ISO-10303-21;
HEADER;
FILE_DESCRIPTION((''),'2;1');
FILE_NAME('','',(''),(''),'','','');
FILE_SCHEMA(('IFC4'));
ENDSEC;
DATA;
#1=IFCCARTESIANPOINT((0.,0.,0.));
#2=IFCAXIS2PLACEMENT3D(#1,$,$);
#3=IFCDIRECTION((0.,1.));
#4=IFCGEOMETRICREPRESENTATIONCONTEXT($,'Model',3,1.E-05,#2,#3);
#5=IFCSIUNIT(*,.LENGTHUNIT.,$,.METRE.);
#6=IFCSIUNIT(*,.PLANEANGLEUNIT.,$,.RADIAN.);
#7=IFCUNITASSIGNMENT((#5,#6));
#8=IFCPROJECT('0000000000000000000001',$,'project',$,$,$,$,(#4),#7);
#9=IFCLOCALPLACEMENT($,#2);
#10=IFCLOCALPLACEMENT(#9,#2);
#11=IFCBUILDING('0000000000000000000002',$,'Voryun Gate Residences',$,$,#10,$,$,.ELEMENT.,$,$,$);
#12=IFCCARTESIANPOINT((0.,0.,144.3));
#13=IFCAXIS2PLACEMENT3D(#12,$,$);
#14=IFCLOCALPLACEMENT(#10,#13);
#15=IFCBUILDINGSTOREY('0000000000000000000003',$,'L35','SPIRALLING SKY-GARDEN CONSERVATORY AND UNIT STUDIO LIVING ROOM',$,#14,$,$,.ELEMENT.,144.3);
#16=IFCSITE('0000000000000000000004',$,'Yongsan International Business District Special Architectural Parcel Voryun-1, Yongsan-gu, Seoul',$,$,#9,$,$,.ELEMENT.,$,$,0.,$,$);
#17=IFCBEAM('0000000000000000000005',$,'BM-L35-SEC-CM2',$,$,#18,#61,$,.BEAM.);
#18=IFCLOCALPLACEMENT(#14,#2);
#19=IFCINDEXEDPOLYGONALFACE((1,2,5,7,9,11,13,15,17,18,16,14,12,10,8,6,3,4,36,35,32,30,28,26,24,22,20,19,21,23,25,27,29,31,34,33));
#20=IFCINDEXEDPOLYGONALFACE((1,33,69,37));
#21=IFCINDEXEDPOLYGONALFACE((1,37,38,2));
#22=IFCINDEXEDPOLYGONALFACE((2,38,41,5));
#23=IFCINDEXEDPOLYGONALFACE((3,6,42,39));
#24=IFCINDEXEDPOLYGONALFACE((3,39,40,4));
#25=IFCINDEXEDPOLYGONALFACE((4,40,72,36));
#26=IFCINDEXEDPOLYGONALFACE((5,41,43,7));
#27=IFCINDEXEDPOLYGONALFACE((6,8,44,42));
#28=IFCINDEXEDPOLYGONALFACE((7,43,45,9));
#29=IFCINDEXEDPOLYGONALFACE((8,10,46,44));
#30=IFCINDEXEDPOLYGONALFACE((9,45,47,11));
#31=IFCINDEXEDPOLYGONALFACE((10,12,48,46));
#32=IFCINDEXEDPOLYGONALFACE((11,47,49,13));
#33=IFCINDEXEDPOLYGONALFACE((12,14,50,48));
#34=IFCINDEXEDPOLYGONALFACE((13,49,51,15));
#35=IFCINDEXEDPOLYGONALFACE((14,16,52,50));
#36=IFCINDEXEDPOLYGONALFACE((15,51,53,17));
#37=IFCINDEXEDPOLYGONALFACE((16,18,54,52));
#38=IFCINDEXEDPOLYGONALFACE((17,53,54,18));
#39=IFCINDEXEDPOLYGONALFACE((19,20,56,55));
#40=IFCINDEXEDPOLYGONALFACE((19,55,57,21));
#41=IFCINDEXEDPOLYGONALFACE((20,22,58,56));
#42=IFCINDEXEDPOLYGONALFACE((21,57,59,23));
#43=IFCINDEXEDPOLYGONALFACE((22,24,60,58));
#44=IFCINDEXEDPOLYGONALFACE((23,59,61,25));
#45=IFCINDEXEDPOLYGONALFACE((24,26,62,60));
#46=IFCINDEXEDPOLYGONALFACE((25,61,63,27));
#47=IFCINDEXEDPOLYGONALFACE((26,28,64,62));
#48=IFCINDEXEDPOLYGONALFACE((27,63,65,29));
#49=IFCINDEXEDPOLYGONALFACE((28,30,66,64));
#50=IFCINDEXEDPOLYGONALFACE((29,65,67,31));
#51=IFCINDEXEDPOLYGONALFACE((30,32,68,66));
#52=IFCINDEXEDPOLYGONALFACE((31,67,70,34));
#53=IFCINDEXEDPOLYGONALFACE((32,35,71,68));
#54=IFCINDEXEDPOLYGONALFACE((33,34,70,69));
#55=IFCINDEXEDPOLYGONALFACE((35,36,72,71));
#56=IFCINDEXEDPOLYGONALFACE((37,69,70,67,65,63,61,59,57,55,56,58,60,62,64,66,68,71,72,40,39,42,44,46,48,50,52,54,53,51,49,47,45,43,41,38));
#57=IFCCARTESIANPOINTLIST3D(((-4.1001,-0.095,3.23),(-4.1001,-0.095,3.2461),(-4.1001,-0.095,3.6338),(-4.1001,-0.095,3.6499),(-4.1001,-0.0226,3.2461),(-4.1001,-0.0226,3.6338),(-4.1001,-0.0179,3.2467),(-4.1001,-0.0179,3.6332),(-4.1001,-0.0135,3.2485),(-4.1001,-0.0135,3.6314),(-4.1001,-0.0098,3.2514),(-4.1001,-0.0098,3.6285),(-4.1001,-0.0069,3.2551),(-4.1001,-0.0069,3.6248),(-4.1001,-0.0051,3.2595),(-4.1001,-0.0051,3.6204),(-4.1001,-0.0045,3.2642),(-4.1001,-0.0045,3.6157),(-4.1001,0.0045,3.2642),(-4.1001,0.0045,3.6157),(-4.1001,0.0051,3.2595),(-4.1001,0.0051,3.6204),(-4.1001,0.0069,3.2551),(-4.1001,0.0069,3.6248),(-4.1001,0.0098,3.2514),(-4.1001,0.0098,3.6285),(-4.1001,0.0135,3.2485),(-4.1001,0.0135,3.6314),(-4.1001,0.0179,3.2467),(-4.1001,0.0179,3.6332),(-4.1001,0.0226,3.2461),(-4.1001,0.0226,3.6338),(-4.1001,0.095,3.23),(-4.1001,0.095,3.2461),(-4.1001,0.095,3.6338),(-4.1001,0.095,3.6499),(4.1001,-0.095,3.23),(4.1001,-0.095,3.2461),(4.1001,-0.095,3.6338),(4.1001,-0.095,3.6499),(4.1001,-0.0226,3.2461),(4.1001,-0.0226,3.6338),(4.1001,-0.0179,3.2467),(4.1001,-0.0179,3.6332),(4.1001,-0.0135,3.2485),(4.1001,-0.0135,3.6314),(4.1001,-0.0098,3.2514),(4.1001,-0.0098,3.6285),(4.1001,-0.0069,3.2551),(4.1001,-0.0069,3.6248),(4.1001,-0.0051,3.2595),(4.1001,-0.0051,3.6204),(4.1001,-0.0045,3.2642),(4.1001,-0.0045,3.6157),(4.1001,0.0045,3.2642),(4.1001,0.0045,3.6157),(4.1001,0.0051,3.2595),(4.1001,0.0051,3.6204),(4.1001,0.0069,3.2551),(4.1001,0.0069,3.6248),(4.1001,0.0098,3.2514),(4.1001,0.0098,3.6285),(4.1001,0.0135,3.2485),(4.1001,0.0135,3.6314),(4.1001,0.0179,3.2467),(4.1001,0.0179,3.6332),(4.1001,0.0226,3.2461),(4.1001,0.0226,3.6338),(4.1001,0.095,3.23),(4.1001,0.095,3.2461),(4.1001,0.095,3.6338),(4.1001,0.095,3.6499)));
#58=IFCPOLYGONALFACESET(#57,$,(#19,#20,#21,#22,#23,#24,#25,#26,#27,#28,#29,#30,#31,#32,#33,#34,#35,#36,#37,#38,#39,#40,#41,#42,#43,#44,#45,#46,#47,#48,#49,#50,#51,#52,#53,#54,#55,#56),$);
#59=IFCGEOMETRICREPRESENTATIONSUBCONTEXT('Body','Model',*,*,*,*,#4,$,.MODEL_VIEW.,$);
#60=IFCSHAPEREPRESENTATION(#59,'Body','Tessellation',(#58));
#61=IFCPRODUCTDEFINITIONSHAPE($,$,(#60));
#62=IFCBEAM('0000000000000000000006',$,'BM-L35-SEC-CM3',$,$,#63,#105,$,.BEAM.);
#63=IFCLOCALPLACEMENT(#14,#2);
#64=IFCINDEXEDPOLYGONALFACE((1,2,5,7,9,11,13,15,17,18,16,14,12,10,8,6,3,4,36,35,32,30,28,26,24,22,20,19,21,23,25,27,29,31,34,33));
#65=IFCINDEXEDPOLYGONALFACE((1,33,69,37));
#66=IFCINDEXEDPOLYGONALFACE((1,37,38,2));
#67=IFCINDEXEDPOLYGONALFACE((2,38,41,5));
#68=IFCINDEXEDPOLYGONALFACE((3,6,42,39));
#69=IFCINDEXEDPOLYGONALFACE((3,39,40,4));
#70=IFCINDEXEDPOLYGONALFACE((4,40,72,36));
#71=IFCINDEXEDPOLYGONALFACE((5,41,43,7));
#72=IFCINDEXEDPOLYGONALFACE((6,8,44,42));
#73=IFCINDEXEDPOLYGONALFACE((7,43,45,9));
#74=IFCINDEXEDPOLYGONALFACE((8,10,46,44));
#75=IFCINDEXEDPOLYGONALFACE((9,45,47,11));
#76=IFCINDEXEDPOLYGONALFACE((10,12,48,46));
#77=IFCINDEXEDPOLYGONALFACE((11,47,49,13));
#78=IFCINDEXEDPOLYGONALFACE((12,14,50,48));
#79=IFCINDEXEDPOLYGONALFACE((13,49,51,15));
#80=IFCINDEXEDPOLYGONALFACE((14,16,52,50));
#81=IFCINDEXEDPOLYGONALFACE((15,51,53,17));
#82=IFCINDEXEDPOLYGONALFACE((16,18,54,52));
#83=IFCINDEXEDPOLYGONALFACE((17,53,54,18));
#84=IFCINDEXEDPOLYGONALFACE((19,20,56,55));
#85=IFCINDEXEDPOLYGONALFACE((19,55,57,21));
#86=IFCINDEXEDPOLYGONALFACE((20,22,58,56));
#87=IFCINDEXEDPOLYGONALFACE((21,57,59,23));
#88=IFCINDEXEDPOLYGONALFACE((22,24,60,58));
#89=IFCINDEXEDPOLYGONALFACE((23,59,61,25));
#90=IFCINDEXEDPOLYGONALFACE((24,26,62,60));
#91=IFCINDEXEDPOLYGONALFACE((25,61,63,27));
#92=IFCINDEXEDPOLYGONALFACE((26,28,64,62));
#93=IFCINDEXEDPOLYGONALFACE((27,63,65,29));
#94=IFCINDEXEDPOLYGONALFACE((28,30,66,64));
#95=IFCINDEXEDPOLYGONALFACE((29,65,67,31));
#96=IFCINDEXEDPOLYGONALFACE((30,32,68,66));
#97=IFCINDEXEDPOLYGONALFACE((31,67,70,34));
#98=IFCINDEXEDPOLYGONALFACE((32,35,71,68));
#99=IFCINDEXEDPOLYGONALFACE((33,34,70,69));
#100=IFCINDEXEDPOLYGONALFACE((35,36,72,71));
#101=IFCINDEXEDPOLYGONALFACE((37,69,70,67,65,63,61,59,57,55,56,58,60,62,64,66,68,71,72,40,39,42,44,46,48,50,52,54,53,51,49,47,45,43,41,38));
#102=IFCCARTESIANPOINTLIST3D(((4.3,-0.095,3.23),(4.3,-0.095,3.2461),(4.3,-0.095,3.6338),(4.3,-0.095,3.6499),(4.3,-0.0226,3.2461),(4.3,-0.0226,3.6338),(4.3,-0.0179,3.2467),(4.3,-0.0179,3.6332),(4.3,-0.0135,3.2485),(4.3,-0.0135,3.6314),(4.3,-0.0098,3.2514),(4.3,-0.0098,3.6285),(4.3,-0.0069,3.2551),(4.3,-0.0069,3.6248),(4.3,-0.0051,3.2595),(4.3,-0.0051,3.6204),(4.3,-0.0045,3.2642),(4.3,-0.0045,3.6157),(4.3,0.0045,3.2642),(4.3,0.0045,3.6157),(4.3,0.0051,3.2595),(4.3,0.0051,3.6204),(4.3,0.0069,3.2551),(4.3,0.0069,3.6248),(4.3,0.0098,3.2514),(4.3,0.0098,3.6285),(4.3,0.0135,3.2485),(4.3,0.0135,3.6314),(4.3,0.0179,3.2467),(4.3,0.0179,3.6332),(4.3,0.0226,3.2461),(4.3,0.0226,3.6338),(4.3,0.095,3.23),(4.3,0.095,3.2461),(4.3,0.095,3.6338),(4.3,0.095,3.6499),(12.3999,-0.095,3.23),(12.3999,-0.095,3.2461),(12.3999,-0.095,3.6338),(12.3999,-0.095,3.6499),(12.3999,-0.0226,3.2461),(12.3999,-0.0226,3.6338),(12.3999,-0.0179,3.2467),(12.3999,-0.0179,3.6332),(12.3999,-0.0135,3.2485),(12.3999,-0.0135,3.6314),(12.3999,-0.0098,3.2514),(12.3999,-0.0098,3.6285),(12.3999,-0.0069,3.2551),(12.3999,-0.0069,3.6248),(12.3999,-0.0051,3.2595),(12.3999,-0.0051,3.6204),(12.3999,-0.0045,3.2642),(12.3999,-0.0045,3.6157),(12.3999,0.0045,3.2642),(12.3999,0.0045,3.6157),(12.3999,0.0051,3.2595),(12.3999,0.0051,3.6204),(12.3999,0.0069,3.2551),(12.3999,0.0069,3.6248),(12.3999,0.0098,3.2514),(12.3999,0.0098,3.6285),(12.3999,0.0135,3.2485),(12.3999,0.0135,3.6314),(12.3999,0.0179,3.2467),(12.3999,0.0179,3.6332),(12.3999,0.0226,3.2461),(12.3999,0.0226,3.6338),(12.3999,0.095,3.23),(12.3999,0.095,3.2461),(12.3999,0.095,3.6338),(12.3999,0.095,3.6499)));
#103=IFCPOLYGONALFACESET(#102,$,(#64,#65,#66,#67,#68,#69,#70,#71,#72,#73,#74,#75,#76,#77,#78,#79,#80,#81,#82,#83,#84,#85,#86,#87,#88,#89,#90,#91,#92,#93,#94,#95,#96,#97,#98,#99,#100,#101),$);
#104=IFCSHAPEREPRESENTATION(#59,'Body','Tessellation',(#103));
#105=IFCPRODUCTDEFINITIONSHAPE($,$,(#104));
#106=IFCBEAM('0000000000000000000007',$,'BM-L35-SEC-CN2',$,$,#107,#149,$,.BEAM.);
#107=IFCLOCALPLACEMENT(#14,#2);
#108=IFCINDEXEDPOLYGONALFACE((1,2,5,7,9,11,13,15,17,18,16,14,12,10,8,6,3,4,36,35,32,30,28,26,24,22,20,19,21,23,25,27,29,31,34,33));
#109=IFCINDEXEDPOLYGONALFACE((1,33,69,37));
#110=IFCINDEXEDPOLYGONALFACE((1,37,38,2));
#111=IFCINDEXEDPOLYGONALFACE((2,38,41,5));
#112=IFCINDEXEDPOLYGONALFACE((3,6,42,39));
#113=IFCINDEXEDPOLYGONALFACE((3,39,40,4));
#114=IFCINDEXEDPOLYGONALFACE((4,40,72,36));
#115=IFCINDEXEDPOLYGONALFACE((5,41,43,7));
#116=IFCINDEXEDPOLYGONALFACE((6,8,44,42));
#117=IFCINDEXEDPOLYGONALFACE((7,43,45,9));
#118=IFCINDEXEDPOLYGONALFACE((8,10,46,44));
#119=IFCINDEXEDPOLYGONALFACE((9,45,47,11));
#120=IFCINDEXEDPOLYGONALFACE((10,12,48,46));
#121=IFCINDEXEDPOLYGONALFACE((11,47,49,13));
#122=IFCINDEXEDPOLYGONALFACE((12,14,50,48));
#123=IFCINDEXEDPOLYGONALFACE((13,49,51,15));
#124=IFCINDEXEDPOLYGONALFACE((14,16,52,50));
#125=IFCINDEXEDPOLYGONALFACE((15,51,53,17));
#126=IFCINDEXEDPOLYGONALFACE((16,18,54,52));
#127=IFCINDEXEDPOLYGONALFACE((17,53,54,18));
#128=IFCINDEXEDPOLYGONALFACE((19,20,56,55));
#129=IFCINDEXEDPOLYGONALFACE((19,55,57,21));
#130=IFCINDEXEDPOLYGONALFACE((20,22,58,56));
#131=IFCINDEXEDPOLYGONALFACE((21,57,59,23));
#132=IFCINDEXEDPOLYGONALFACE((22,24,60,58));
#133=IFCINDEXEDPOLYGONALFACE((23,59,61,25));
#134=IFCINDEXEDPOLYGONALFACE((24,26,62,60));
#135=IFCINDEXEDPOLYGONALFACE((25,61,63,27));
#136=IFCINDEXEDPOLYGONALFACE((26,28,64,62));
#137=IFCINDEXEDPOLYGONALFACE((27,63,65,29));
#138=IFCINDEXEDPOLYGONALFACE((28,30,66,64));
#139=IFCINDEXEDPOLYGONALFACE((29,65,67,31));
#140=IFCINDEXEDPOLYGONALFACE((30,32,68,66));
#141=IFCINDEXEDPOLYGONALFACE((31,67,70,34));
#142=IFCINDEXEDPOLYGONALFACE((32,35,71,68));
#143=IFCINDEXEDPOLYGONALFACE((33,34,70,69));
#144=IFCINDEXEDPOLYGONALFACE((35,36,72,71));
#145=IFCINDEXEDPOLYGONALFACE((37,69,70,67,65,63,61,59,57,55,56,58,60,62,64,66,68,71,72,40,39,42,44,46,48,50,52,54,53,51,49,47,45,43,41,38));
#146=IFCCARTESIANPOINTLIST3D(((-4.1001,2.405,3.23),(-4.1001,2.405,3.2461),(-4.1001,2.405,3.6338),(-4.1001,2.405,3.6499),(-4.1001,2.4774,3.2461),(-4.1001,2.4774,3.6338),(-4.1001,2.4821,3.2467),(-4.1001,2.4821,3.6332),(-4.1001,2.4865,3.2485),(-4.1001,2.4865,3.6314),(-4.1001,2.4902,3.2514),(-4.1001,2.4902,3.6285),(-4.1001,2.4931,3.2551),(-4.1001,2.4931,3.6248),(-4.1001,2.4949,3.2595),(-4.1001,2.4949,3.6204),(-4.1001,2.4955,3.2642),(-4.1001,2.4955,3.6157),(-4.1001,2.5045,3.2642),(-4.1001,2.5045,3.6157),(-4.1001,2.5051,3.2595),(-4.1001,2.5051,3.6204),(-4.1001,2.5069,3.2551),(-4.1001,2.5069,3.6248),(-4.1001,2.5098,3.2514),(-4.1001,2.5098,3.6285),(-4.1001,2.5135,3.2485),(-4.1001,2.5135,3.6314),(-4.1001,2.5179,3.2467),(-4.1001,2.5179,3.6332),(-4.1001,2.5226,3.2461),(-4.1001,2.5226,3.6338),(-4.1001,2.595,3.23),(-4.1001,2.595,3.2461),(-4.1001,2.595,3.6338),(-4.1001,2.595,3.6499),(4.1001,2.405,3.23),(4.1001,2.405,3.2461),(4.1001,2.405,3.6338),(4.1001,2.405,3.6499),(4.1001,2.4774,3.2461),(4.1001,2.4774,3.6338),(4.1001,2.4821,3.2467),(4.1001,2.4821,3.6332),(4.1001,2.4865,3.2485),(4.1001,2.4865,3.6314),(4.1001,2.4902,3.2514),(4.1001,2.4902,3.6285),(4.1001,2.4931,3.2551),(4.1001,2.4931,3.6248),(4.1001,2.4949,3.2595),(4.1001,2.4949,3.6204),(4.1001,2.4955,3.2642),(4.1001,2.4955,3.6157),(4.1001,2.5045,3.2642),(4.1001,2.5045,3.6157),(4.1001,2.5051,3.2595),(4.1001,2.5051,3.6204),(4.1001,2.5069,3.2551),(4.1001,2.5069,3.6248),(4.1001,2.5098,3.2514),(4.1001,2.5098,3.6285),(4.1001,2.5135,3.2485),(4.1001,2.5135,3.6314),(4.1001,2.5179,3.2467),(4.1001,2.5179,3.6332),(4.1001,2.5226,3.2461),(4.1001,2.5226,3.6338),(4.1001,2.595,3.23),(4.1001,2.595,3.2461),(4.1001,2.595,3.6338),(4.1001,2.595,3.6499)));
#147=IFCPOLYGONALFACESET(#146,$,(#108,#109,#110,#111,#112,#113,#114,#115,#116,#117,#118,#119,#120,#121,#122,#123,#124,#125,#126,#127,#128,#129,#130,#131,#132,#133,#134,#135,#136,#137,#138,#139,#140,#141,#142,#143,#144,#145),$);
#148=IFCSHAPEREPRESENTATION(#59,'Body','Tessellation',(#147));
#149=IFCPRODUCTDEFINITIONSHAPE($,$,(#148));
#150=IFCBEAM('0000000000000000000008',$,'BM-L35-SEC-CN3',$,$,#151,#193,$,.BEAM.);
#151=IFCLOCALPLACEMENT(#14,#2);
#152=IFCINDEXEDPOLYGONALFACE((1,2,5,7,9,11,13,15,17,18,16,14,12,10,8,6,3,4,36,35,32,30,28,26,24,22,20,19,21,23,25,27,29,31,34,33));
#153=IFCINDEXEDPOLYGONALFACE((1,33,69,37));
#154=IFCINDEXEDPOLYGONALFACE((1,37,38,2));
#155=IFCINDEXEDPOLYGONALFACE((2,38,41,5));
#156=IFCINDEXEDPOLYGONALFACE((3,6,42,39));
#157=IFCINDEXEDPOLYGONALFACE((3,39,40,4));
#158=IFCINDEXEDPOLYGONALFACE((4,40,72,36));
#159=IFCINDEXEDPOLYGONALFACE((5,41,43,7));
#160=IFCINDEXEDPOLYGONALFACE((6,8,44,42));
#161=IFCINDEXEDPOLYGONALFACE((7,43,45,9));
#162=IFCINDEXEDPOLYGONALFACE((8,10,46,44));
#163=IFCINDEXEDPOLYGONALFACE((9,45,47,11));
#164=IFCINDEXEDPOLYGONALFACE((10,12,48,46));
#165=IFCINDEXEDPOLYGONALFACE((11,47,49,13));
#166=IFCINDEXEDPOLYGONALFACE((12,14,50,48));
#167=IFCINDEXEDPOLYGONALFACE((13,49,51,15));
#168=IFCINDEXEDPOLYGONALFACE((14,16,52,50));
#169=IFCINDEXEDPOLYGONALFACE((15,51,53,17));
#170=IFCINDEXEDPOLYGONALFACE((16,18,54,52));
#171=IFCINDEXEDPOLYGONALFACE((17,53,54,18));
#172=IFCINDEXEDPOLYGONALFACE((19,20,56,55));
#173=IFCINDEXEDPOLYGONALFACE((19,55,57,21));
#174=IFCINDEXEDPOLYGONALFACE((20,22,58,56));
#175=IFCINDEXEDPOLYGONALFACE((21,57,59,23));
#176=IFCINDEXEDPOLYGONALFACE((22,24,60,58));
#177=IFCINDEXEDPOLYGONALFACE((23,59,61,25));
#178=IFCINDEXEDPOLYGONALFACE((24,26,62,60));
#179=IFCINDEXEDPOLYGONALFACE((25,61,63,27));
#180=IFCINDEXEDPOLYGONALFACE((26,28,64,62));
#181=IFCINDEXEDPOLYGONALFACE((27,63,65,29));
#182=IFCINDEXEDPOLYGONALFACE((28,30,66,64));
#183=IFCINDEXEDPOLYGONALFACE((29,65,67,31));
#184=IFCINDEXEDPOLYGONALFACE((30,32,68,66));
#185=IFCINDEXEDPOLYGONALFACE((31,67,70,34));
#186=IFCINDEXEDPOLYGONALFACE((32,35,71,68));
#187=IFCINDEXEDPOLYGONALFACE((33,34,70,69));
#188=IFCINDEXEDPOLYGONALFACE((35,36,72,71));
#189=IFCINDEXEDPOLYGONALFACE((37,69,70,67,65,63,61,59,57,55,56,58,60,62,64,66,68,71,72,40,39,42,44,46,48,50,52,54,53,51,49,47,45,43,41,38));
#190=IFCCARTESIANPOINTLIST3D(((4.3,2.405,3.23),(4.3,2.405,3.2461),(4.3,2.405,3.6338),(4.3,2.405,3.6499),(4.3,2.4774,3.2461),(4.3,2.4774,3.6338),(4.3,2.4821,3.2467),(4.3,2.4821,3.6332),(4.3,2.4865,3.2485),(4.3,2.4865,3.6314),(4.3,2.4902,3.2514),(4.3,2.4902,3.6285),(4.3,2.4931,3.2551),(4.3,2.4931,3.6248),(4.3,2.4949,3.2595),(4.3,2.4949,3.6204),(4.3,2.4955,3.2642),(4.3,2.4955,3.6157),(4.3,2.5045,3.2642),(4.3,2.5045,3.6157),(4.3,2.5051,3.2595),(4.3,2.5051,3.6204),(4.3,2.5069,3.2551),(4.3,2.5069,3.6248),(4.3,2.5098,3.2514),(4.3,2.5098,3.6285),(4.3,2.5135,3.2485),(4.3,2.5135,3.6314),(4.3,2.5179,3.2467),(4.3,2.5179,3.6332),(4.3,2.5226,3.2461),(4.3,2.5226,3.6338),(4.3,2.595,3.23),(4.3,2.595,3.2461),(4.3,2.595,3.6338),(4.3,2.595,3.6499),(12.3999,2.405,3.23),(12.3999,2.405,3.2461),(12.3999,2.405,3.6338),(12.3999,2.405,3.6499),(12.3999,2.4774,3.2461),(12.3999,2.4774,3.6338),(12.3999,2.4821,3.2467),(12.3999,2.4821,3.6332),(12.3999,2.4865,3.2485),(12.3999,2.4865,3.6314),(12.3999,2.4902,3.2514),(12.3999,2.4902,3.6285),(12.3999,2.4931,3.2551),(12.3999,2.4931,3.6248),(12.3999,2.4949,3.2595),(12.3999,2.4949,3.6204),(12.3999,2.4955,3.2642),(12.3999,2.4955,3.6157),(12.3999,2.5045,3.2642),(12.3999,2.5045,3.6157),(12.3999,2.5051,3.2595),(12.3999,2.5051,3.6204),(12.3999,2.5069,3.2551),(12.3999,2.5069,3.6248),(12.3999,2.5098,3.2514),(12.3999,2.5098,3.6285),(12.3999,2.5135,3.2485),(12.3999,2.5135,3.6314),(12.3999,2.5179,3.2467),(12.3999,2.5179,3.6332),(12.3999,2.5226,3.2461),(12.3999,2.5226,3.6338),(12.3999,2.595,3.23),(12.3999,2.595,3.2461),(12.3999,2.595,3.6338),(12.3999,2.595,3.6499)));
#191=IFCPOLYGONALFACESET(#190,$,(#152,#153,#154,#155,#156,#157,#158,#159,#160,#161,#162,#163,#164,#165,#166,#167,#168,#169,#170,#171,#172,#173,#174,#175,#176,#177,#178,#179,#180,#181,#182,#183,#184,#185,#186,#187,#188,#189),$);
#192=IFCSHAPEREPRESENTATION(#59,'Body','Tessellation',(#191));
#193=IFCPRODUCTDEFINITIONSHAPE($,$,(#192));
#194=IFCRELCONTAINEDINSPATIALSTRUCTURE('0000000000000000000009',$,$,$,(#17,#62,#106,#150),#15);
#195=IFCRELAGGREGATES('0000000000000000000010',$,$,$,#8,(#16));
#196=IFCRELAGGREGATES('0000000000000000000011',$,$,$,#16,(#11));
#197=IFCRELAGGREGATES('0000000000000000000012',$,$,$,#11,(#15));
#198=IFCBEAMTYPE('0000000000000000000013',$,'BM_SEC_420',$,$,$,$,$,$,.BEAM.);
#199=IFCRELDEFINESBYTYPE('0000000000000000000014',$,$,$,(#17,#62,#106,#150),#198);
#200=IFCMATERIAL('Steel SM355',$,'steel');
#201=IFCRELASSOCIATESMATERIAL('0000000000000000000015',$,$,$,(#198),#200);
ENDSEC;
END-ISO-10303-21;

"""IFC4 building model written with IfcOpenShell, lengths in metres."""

from ifc_helpers import new_model, si_unit, direction, frame, origin, origin_2d, place, context, subcontext, project, spatial, i_section, extrude, material, material_profile, profile_set, type_object, element, save


model = new_model("IFC4")

# Units and contexts
model_context = context("Model", 3, precision=1e-05, world=origin(), true_north=direction((0.0, 1.0)))
body_context = subcontext(model_context, "Body", "Model", "MODEL_VIEW")
ifc_project = project(units=[si_unit("LENGTHUNIT", "METRE"), si_unit("PLANEANGLEUNIT", "RADIAN")], contexts=[model_context])

# Site, building, storey
site_placement = place(None, origin())
site = spatial("IfcSite", under=ifc_project, at=site_placement, Name="Yongsan International Business District Special Architectural Parcel Voryun-1, Yongsan-gu, Seoul", CompositionType="ELEMENT", RefElevation=0.0)
building_placement = place(site_placement, origin())
building = spatial("IfcBuilding", under=site, at=building_placement, Name="Voryun Gate Residences", CompositionType="ELEMENT")
storey_placement = place(building_placement, frame((0.0, 0.0, 144.3)))
storey = spatial("IfcBuildingStorey", under=building, at=storey_placement, Name="L35", Description="SPIRALLING SKY-GARDEN CONSERVATORY AND UNIT STUDIO LIVING ROOM", CompositionType="ELEMENT", Elevation=144.3)

# Beams
ifc_material_1 = material(Name="Steel SM355", Category="steel")
ifc_material_profile_1 = material_profile(ifc_material_1, i_section(OverallWidth=0.1899, OverallDepth=0.4199, WebThickness=0.009, FlangeThickness=0.0161, FilletRadius=0.0181, at=origin_2d()), Name="H-420x190x9x16")
ifc_profile_set_1 = profile_set([ifc_material_profile_1], Name="Steel SM355")
beam_type_1 = type_object("IfcBeamType", Name="BM_SEC_420", PredefinedType="BEAM", material=ifc_profile_set_1)
beam_1_placement = place(storey_placement, frame((-4.1001, 0.0, 3.4399), z_axis=(1.0, 0.0, 0.0), x_axis=(0.0, 1.0, 0.0)))
element("IfcBeam", 1, at=beam_1_placement, inside=storey, type_object=beam_type_1, Name="BM-L35-SEC-CM2", PredefinedType="BEAM", context=body_context, shape_type="SweptSolid", body=[
    extrude(i_section(OverallWidth=0.1899, OverallDepth=0.4199, WebThickness=0.009, FlangeThickness=0.0161, FilletRadius=0.0181, at=origin_2d()), origin(), (0.0, 0.0, 1.0), 8.2002),
])
beam_2_placement = place(storey_placement, frame((4.3, 0.0, 3.4399), z_axis=(1.0, 0.0, 0.0), x_axis=(0.0, 1.0, 0.0)))
element("IfcBeam", 2, at=beam_2_placement, inside=storey, type_object=beam_type_1, Name="BM-L35-SEC-CM3", PredefinedType="BEAM", context=body_context, shape_type="SweptSolid", body=[
    extrude(i_section(OverallWidth=0.1899, OverallDepth=0.4199, WebThickness=0.009, FlangeThickness=0.0161, FilletRadius=0.0181, at=origin_2d()), origin(), (0.0, 0.0, 1.0), 8.0999),
])
beam_3_placement = place(storey_placement, frame((-4.1001, 2.5, 3.4399), z_axis=(1.0, 0.0, 0.0), x_axis=(0.0, 1.0, 0.0)))
element("IfcBeam", 3, at=beam_3_placement, inside=storey, type_object=beam_type_1, Name="BM-L35-SEC-CN2", PredefinedType="BEAM", context=body_context, shape_type="SweptSolid", body=[
    extrude(i_section(OverallWidth=0.1899, OverallDepth=0.4199, WebThickness=0.009, FlangeThickness=0.0161, FilletRadius=0.0181, at=origin_2d()), origin(), (0.0, 0.0, 1.0), 8.2002),
])
beam_4_placement = place(storey_placement, frame((4.3, 2.5, 3.4399), z_axis=(1.0, 0.0, 0.0), x_axis=(0.0, 1.0, 0.0)))
element("IfcBeam", 4, at=beam_4_placement, inside=storey, type_object=beam_type_1, Name="BM-L35-SEC-CN3", PredefinedType="BEAM", context=body_context, shape_type="SweptSolid", body=[
    extrude(i_section(OverallWidth=0.1899, OverallDepth=0.4199, WebThickness=0.009, FlangeThickness=0.0161, FilletRadius=0.0181, at=origin_2d()), origin(), (0.0, 0.0, 1.0), 8.0999),
])

save(model, "model.ifc")
